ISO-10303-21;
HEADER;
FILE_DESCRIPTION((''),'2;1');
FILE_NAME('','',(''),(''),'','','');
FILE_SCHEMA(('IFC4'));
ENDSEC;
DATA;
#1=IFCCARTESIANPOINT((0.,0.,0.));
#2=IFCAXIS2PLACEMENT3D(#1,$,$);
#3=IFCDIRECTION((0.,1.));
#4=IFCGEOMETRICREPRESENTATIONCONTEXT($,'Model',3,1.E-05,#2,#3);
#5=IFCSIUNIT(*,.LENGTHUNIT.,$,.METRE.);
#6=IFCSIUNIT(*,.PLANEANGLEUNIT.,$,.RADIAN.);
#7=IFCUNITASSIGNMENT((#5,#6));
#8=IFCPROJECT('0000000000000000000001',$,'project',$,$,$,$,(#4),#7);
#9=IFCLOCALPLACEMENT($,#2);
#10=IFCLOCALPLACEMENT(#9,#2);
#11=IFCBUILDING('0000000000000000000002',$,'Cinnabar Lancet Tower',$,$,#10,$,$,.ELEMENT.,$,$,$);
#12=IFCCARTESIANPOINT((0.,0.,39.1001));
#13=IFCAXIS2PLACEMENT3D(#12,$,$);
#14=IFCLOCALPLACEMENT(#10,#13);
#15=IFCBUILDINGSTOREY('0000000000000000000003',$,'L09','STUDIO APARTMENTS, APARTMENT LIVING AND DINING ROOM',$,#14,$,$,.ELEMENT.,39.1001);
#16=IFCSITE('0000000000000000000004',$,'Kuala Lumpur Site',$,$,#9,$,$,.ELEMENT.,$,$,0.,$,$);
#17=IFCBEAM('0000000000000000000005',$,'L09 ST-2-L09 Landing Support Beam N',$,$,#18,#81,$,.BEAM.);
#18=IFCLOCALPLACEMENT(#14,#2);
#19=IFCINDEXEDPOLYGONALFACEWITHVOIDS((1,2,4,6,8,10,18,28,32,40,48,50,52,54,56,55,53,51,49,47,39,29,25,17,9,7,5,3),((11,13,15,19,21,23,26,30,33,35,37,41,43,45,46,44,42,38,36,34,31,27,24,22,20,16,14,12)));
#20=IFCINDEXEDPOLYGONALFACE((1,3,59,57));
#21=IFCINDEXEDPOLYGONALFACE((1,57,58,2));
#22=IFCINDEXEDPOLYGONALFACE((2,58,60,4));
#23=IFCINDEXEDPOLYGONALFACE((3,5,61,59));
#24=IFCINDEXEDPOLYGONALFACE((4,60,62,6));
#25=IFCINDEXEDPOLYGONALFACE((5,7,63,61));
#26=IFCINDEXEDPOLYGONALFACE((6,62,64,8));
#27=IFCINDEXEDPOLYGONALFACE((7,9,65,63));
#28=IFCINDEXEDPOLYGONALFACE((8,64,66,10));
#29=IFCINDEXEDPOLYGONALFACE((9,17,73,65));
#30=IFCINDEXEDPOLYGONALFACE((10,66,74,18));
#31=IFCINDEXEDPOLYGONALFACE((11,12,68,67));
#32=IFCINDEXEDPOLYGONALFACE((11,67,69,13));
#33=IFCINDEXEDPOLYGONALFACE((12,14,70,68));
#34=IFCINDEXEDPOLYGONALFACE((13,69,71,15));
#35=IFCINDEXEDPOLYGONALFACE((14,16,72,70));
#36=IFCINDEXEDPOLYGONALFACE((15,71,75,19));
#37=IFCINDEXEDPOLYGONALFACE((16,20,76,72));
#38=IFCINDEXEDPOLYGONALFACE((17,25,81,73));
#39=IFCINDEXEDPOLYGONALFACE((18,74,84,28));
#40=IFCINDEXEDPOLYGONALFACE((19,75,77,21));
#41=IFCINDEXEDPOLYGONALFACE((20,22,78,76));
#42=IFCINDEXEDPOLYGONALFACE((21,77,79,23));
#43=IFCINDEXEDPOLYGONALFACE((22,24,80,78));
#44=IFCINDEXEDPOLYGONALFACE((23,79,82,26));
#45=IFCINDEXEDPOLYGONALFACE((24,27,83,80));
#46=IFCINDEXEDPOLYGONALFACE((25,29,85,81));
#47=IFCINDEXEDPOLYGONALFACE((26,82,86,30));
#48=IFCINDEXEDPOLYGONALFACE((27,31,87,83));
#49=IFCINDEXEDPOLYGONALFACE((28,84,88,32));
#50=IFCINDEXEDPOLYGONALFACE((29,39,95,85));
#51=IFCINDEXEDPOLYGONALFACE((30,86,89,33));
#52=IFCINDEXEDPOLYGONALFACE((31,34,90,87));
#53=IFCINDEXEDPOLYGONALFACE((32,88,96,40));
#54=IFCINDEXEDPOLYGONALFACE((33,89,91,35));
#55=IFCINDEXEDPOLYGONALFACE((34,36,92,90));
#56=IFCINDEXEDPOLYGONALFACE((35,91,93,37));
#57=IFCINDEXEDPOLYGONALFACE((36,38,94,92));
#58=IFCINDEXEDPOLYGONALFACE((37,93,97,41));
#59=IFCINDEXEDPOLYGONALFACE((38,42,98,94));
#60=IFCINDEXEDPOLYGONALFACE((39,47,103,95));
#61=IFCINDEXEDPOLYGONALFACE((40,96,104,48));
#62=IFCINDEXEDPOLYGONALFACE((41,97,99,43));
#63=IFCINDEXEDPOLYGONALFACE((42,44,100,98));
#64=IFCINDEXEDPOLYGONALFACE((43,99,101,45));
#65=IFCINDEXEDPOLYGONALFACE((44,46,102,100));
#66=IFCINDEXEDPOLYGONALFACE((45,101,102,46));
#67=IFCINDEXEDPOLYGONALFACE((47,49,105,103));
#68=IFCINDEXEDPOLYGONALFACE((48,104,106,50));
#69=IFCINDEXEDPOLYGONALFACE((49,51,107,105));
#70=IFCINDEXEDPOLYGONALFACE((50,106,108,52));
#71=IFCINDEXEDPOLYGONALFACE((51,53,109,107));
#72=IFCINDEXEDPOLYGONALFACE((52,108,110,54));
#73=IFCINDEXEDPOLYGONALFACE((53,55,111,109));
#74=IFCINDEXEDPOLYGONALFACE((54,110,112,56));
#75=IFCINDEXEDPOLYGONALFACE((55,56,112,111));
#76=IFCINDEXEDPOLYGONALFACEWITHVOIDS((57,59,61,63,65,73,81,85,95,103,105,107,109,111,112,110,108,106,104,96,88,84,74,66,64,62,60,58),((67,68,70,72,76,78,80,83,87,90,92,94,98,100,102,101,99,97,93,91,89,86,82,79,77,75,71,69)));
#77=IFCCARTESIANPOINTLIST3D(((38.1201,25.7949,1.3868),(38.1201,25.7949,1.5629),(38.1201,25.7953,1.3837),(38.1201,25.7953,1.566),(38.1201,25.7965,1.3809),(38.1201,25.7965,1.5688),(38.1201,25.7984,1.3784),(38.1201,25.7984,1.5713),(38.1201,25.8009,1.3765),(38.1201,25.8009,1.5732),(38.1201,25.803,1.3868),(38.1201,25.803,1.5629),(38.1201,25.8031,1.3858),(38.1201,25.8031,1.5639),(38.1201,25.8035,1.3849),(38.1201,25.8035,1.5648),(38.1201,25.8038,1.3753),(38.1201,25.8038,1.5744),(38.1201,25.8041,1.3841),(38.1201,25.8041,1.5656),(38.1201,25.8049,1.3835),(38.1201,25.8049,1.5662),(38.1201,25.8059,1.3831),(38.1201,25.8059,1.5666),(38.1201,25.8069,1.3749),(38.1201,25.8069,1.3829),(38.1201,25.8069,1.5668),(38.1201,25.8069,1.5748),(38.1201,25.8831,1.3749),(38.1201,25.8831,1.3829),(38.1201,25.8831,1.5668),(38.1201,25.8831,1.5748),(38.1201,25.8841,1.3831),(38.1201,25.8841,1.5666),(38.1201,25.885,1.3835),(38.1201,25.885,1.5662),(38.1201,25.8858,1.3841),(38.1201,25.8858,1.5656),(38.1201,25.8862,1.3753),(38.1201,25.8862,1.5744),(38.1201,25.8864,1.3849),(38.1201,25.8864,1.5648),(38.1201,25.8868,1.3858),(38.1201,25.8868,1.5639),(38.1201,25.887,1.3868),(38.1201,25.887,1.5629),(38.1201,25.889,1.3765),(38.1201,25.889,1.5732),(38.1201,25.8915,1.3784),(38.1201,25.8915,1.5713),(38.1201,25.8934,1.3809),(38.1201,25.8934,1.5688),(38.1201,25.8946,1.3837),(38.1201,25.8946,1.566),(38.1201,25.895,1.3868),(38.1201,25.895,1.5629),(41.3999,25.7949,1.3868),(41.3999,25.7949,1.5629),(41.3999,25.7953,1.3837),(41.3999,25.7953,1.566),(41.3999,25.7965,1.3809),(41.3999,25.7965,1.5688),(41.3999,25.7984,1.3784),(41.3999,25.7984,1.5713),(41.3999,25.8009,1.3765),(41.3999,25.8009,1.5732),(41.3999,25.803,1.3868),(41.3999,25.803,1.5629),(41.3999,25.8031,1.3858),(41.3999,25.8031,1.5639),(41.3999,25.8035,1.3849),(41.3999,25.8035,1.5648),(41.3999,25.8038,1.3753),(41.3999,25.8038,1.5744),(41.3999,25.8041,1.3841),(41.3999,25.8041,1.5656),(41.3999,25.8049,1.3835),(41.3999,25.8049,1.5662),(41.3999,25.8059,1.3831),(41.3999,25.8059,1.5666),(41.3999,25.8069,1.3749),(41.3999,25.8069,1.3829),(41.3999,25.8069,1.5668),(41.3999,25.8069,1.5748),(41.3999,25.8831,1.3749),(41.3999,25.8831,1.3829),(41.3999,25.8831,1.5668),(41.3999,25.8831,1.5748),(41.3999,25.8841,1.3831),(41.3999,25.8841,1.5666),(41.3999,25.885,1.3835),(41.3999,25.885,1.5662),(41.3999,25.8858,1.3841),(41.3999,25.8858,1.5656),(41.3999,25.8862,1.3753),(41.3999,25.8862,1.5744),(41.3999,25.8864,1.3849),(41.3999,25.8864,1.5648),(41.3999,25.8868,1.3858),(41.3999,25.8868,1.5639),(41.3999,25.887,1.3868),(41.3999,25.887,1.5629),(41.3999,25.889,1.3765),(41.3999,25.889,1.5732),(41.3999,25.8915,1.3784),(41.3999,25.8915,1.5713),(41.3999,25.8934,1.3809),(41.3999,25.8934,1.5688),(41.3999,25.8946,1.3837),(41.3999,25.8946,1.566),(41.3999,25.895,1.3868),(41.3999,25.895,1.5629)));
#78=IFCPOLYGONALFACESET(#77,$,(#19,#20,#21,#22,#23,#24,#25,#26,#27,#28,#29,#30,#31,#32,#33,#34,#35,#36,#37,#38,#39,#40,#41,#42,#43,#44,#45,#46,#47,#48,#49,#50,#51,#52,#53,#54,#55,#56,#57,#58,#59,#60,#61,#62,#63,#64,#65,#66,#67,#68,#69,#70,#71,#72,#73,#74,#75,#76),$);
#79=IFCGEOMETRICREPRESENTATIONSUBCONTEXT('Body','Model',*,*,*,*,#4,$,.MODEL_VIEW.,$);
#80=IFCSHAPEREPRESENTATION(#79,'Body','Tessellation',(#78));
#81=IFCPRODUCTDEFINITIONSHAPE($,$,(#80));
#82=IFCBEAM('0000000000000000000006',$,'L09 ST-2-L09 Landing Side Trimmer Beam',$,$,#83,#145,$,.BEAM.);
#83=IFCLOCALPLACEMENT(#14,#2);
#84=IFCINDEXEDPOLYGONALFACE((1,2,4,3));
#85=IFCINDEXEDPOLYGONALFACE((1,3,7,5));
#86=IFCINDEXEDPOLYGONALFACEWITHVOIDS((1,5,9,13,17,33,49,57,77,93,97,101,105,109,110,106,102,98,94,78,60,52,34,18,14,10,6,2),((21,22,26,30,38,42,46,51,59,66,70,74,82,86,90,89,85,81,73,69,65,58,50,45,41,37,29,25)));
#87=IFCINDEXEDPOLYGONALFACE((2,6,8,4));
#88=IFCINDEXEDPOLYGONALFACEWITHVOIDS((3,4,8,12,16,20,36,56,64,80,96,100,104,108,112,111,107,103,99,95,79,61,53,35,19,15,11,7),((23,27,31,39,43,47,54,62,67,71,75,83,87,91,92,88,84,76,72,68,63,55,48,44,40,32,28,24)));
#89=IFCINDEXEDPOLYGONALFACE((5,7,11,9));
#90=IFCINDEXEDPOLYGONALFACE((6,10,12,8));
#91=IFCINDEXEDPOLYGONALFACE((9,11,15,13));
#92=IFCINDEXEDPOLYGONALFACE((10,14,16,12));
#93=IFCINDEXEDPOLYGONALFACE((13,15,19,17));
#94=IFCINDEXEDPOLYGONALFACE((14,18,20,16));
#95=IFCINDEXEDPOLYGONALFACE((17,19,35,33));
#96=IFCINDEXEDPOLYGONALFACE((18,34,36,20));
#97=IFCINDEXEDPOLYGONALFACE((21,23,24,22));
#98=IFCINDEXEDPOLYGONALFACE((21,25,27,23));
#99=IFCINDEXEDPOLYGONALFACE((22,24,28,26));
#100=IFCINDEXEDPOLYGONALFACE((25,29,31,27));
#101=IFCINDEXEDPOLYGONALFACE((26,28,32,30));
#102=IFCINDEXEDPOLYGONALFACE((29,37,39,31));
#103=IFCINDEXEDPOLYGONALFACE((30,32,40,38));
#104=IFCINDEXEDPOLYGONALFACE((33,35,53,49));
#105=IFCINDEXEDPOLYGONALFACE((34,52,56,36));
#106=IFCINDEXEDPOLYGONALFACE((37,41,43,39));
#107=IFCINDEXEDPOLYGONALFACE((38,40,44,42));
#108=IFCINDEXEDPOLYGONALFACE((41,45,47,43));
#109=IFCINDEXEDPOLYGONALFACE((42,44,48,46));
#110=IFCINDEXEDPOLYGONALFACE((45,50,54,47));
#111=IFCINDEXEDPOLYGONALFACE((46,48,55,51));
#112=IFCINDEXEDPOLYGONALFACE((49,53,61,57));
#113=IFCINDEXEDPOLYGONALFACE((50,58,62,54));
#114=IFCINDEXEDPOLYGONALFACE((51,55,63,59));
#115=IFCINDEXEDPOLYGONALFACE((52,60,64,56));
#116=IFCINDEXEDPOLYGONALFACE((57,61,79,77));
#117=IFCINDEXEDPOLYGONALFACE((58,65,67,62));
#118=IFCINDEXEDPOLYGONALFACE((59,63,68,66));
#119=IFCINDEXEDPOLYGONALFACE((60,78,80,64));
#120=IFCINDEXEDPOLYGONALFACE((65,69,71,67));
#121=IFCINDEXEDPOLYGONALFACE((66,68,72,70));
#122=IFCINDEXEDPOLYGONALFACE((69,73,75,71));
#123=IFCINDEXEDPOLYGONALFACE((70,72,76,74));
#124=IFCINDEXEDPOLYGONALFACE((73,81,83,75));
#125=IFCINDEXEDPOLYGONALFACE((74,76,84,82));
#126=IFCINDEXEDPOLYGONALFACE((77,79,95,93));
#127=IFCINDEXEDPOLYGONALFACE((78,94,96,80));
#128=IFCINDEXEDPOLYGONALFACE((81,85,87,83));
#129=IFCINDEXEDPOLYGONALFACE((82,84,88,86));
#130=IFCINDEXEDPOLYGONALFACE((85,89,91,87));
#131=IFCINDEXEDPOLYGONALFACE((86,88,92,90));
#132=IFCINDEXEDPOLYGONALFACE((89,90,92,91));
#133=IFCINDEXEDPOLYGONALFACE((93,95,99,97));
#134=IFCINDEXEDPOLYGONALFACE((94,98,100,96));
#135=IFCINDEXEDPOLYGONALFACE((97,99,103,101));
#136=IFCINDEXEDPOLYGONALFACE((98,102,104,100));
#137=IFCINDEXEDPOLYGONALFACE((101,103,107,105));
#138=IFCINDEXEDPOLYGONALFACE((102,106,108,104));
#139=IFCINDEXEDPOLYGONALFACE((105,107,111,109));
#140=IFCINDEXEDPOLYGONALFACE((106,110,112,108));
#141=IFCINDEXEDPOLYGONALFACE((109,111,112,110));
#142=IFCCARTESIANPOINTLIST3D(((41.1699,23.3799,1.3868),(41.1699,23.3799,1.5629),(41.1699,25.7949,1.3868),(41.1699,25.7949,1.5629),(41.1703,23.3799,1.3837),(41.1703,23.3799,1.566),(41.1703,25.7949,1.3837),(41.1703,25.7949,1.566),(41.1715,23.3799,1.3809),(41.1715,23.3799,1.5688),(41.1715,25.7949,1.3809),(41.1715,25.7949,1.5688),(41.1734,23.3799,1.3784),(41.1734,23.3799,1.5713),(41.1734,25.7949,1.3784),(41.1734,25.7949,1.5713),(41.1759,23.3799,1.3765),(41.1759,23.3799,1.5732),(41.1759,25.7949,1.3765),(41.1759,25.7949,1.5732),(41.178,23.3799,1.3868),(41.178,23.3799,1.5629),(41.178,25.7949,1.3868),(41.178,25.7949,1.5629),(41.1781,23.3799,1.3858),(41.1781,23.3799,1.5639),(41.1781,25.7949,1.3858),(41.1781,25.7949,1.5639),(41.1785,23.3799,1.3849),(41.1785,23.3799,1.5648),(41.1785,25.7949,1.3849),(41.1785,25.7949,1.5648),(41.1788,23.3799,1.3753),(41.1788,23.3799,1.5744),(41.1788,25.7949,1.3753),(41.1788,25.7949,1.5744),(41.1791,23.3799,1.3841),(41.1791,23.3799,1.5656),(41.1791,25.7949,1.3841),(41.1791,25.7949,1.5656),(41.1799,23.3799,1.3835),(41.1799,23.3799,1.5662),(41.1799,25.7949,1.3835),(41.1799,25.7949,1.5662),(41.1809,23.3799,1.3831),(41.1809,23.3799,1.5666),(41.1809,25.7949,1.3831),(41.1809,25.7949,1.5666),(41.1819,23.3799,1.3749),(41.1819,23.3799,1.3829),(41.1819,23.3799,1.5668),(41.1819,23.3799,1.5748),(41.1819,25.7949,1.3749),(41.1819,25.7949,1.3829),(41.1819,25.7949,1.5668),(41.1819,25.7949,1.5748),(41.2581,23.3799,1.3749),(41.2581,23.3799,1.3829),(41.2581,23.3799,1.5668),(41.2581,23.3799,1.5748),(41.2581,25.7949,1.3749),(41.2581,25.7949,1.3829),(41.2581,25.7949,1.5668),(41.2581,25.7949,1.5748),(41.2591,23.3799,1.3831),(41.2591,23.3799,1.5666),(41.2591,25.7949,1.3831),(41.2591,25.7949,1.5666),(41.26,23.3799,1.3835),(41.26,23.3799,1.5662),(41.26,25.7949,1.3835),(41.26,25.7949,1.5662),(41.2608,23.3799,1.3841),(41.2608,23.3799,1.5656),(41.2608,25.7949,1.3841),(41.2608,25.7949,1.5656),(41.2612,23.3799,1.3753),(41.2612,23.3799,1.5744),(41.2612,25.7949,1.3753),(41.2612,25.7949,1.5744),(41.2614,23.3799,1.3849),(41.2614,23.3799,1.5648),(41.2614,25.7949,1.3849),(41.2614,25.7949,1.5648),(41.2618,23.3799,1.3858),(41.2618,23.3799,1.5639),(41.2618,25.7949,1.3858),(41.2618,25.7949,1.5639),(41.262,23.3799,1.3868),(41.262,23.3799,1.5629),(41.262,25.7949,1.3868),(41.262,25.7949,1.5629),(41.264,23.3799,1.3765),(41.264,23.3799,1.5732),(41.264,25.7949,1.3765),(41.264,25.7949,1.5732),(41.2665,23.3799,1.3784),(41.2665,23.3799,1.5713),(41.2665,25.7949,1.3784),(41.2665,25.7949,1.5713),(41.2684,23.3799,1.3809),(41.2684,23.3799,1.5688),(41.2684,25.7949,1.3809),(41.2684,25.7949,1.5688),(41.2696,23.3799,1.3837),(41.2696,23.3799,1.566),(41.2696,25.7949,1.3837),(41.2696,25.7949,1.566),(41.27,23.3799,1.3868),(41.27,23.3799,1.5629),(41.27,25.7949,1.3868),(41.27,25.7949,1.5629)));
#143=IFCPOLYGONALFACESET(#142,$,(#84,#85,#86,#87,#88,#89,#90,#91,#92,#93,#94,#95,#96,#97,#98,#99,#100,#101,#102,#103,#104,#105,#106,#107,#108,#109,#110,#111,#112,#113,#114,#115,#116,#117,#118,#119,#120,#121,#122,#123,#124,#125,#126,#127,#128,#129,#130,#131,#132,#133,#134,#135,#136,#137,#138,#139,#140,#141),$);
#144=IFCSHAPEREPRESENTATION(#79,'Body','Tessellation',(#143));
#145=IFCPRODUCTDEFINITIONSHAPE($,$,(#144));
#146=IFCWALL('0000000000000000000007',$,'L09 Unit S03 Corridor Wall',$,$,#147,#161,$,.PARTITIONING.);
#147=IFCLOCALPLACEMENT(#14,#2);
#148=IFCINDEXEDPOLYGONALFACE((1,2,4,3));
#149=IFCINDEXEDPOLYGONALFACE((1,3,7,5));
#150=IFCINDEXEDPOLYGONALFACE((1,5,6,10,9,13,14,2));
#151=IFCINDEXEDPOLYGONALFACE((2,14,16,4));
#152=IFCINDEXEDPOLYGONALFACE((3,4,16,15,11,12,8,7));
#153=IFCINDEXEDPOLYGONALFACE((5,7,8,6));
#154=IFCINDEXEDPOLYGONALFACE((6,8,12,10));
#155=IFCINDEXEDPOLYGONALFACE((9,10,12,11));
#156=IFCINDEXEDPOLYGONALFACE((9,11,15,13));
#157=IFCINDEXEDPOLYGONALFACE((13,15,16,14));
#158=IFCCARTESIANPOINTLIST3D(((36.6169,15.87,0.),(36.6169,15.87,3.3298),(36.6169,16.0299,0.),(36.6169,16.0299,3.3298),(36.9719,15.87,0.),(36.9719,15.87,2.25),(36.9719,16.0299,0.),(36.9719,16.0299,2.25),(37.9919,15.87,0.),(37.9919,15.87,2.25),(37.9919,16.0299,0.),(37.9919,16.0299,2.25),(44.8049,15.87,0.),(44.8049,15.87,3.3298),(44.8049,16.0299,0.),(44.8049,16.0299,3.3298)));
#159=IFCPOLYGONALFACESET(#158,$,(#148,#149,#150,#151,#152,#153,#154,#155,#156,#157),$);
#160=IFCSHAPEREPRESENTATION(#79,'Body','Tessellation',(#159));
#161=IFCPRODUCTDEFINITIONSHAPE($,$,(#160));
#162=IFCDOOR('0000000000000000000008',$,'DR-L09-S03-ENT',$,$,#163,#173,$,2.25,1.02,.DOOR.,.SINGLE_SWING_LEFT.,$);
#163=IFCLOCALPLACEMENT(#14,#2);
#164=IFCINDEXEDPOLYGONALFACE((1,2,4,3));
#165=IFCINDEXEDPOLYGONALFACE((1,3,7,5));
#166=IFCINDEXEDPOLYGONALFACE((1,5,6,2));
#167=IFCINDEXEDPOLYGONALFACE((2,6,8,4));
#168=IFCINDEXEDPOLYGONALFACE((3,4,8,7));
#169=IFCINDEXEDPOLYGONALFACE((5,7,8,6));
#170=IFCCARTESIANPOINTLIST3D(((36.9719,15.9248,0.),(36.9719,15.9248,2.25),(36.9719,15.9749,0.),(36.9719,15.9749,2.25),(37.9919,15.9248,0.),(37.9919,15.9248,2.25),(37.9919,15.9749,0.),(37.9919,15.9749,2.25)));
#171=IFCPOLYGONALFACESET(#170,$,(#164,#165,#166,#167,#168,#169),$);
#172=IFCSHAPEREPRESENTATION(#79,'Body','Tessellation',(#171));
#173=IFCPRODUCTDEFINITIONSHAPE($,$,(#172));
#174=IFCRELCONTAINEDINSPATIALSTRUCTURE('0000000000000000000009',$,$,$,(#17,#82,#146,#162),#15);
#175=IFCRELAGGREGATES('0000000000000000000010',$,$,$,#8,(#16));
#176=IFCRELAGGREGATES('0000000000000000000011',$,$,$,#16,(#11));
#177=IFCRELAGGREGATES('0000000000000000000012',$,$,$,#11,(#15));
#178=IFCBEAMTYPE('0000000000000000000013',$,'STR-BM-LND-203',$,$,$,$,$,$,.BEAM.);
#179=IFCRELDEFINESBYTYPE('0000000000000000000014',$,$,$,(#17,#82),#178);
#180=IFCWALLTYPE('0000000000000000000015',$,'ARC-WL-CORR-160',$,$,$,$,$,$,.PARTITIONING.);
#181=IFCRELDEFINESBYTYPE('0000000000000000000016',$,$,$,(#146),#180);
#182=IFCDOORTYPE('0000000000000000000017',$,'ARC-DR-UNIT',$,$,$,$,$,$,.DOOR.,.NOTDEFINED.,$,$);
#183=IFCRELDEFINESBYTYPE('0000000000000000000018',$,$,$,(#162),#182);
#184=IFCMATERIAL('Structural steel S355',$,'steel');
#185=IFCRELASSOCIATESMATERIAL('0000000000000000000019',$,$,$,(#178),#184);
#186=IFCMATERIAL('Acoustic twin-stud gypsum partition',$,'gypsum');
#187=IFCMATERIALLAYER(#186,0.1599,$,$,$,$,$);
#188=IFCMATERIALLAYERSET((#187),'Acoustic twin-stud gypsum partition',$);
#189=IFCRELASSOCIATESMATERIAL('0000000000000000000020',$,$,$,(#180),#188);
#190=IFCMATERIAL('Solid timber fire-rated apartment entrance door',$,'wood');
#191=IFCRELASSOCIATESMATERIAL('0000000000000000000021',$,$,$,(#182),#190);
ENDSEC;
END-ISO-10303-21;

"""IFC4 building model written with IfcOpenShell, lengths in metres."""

from ifc_helpers import new_model, si_unit, direction, frame, frame_2d, origin, origin_2d, place, context, subcontext, project, spatial, rectangle, hollow_rectangle, extrude, material, layer, layer_set, material_profile, profile_set, type_object, element, fill, save


model = new_model("IFC4")

# Units and contexts
model_context = context("Model", 3, precision=1e-05, world=origin(), true_north=direction((0.0, 1.0)))
body_context = subcontext(model_context, "Body", "Model", "MODEL_VIEW")
ifc_project = project(units=[si_unit("LENGTHUNIT", "METRE"), si_unit("PLANEANGLEUNIT", "RADIAN")], contexts=[model_context])

# Site, building, storey
site_placement = place(None, origin())
site = spatial("IfcSite", under=ifc_project, at=site_placement, Name="Kuala Lumpur Site", CompositionType="ELEMENT", RefElevation=0.0)
building_placement = place(site_placement, origin())
building = spatial("IfcBuilding", under=site, at=building_placement, Name="Cinnabar Lancet Tower", CompositionType="ELEMENT")
storey_placement = place(building_placement, frame((0.0, 0.0, 39.1001)))
storey = spatial("IfcBuildingStorey", under=building, at=storey_placement, Name="L09", Description="STUDIO APARTMENTS, APARTMENT LIVING AND DINING ROOM", CompositionType="ELEMENT", Elevation=39.1001)

# Beams
ifc_material_1 = material(Name="Structural steel S355", Category="steel")
ifc_material_profile_1 = material_profile(ifc_material_1, hollow_rectangle(XDim=0.1001, YDim=0.2, WallThickness=0.0081, InnerFilletRadius=0.0039, OuterFilletRadius=0.012, at=origin_2d()), Name="RHS 200x100x8")
ifc_profile_set_1 = profile_set([ifc_material_profile_1], Name="Structural steel S355")
beam_type_1 = type_object("IfcBeamType", Name="STR-BM-LND-203", PredefinedType="BEAM", material=ifc_profile_set_1)
for number, where, z_axis, x_axis, name in (
    (1, (38.1201, 25.845, 1.4749), (1.0, 0.0, 0.0), (0.0, 1.0, 0.0), "L09 ST-2-L09 Landing Support Beam N"),
):
    element("IfcBeam", number, at=place(storey_placement, frame(where, z_axis=z_axis, x_axis=x_axis)), inside=storey, type_object=beam_type_1, Name=name, PredefinedType="BEAM", context=body_context, shape_type="SweptSolid", body=[
        extrude(hollow_rectangle(XDim=0.1001, YDim=0.2, WallThickness=0.0081, InnerFilletRadius=0.0039, OuterFilletRadius=0.012, at=origin_2d()), origin(), (0.0, 0.0, 1.0), 3.2798),
    ])
beam_1_placement = place(storey_placement, frame((41.22, 23.3799, 1.4749), z_axis=(0.0, 1.0, 0.0), x_axis=(-1.0, 0.0, 0.0)))
element("IfcBeam", 2, at=beam_1_placement, inside=storey, type_object=beam_type_1, Name="L09 ST-2-L09 Landing Side Trimmer Beam", PredefinedType="BEAM", context=body_context, shape_type="SweptSolid", body=[
    extrude(hollow_rectangle(XDim=0.1001, YDim=0.2, WallThickness=0.0081, InnerFilletRadius=0.0039, OuterFilletRadius=0.012, at=origin_2d()), origin(), (0.0, 0.0, 1.0), 2.415),
])

# Wall, opening, door
ifc_material_2 = material(Name="Acoustic twin-stud gypsum partition", Category="gypsum")
ifc_layer_1 = layer(ifc_material_2, 0.1599)
ifc_layer_set_1 = layer_set([ifc_layer_1], Name="Acoustic twin-stud gypsum partition")
wall_type_1 = type_object("IfcWallType", Name="ARC-WL-CORR-160", PredefinedType="PARTITIONING", material=ifc_layer_set_1)
wall_1_placement = place(storey_placement, frame((36.6169, 15.95, 0.0), z_axis=(0.0, 0.0, 1.0), x_axis=(1.0, 0.0, 0.0)))
wall_1 = element("IfcWall", 3, at=wall_1_placement, inside=storey, type_object=wall_type_1, Name="L09 Unit S03 Corridor Wall", PredefinedType="PARTITIONING", context=body_context, shape_type="SweptSolid", body=[
    extrude(rectangle(XDim=8.188, YDim=0.1599, at=frame_2d((4.094, 0.0))), origin(), (0.0, 0.0, 1.0), 3.3298),
])
opening_1_placement = place(wall_1_placement, frame((0.355, 0.0, 0.0)))
opening_1 = element("IfcOpeningElement", 4, at=opening_1_placement, cuts=wall_1, PredefinedType="OPENING", context=body_context, shape_type="SweptSolid", body=[
    extrude(rectangle(XDim=1.02, YDim=2.25, at=frame_2d((0.51, 1.125))), frame((0.0, 0.0898, 0.0), z_axis=(0.0, -1.0, 0.0), x_axis=(1.0, 0.0, 0.0)), (0.0, 0.0, 1.0), 0.1799),
])
ifc_material_3 = material(Name="Solid timber fire-rated apartment entrance door", Category="wood")
door_type_1 = type_object("IfcDoorType", Name="ARC-DR-UNIT", OperationType="NOTDEFINED", PredefinedType="DOOR", material=ifc_material_3)
door_1_placement = place(opening_1_placement, origin())
door_1 = element("IfcDoor", 5, at=door_1_placement, inside=storey, type_object=door_type_1, Name="DR-L09-S03-ENT", OperationType="SINGLE_SWING_LEFT", OverallHeight=2.25, OverallWidth=1.02, PredefinedType="DOOR", context=body_context, shape_type="SweptSolid", body=[
    extrude(rectangle(XDim=1.02, YDim=2.25, at=frame_2d((0.51, 1.125))), frame((0.0, 0.0249, 0.0), z_axis=(0.0, -1.0, 0.0), x_axis=(1.0, 0.0, 0.0)), (0.0, 0.0, 1.0), 0.05),
])
fill(opening_1, door_1)

save(model, "model.ifc")
